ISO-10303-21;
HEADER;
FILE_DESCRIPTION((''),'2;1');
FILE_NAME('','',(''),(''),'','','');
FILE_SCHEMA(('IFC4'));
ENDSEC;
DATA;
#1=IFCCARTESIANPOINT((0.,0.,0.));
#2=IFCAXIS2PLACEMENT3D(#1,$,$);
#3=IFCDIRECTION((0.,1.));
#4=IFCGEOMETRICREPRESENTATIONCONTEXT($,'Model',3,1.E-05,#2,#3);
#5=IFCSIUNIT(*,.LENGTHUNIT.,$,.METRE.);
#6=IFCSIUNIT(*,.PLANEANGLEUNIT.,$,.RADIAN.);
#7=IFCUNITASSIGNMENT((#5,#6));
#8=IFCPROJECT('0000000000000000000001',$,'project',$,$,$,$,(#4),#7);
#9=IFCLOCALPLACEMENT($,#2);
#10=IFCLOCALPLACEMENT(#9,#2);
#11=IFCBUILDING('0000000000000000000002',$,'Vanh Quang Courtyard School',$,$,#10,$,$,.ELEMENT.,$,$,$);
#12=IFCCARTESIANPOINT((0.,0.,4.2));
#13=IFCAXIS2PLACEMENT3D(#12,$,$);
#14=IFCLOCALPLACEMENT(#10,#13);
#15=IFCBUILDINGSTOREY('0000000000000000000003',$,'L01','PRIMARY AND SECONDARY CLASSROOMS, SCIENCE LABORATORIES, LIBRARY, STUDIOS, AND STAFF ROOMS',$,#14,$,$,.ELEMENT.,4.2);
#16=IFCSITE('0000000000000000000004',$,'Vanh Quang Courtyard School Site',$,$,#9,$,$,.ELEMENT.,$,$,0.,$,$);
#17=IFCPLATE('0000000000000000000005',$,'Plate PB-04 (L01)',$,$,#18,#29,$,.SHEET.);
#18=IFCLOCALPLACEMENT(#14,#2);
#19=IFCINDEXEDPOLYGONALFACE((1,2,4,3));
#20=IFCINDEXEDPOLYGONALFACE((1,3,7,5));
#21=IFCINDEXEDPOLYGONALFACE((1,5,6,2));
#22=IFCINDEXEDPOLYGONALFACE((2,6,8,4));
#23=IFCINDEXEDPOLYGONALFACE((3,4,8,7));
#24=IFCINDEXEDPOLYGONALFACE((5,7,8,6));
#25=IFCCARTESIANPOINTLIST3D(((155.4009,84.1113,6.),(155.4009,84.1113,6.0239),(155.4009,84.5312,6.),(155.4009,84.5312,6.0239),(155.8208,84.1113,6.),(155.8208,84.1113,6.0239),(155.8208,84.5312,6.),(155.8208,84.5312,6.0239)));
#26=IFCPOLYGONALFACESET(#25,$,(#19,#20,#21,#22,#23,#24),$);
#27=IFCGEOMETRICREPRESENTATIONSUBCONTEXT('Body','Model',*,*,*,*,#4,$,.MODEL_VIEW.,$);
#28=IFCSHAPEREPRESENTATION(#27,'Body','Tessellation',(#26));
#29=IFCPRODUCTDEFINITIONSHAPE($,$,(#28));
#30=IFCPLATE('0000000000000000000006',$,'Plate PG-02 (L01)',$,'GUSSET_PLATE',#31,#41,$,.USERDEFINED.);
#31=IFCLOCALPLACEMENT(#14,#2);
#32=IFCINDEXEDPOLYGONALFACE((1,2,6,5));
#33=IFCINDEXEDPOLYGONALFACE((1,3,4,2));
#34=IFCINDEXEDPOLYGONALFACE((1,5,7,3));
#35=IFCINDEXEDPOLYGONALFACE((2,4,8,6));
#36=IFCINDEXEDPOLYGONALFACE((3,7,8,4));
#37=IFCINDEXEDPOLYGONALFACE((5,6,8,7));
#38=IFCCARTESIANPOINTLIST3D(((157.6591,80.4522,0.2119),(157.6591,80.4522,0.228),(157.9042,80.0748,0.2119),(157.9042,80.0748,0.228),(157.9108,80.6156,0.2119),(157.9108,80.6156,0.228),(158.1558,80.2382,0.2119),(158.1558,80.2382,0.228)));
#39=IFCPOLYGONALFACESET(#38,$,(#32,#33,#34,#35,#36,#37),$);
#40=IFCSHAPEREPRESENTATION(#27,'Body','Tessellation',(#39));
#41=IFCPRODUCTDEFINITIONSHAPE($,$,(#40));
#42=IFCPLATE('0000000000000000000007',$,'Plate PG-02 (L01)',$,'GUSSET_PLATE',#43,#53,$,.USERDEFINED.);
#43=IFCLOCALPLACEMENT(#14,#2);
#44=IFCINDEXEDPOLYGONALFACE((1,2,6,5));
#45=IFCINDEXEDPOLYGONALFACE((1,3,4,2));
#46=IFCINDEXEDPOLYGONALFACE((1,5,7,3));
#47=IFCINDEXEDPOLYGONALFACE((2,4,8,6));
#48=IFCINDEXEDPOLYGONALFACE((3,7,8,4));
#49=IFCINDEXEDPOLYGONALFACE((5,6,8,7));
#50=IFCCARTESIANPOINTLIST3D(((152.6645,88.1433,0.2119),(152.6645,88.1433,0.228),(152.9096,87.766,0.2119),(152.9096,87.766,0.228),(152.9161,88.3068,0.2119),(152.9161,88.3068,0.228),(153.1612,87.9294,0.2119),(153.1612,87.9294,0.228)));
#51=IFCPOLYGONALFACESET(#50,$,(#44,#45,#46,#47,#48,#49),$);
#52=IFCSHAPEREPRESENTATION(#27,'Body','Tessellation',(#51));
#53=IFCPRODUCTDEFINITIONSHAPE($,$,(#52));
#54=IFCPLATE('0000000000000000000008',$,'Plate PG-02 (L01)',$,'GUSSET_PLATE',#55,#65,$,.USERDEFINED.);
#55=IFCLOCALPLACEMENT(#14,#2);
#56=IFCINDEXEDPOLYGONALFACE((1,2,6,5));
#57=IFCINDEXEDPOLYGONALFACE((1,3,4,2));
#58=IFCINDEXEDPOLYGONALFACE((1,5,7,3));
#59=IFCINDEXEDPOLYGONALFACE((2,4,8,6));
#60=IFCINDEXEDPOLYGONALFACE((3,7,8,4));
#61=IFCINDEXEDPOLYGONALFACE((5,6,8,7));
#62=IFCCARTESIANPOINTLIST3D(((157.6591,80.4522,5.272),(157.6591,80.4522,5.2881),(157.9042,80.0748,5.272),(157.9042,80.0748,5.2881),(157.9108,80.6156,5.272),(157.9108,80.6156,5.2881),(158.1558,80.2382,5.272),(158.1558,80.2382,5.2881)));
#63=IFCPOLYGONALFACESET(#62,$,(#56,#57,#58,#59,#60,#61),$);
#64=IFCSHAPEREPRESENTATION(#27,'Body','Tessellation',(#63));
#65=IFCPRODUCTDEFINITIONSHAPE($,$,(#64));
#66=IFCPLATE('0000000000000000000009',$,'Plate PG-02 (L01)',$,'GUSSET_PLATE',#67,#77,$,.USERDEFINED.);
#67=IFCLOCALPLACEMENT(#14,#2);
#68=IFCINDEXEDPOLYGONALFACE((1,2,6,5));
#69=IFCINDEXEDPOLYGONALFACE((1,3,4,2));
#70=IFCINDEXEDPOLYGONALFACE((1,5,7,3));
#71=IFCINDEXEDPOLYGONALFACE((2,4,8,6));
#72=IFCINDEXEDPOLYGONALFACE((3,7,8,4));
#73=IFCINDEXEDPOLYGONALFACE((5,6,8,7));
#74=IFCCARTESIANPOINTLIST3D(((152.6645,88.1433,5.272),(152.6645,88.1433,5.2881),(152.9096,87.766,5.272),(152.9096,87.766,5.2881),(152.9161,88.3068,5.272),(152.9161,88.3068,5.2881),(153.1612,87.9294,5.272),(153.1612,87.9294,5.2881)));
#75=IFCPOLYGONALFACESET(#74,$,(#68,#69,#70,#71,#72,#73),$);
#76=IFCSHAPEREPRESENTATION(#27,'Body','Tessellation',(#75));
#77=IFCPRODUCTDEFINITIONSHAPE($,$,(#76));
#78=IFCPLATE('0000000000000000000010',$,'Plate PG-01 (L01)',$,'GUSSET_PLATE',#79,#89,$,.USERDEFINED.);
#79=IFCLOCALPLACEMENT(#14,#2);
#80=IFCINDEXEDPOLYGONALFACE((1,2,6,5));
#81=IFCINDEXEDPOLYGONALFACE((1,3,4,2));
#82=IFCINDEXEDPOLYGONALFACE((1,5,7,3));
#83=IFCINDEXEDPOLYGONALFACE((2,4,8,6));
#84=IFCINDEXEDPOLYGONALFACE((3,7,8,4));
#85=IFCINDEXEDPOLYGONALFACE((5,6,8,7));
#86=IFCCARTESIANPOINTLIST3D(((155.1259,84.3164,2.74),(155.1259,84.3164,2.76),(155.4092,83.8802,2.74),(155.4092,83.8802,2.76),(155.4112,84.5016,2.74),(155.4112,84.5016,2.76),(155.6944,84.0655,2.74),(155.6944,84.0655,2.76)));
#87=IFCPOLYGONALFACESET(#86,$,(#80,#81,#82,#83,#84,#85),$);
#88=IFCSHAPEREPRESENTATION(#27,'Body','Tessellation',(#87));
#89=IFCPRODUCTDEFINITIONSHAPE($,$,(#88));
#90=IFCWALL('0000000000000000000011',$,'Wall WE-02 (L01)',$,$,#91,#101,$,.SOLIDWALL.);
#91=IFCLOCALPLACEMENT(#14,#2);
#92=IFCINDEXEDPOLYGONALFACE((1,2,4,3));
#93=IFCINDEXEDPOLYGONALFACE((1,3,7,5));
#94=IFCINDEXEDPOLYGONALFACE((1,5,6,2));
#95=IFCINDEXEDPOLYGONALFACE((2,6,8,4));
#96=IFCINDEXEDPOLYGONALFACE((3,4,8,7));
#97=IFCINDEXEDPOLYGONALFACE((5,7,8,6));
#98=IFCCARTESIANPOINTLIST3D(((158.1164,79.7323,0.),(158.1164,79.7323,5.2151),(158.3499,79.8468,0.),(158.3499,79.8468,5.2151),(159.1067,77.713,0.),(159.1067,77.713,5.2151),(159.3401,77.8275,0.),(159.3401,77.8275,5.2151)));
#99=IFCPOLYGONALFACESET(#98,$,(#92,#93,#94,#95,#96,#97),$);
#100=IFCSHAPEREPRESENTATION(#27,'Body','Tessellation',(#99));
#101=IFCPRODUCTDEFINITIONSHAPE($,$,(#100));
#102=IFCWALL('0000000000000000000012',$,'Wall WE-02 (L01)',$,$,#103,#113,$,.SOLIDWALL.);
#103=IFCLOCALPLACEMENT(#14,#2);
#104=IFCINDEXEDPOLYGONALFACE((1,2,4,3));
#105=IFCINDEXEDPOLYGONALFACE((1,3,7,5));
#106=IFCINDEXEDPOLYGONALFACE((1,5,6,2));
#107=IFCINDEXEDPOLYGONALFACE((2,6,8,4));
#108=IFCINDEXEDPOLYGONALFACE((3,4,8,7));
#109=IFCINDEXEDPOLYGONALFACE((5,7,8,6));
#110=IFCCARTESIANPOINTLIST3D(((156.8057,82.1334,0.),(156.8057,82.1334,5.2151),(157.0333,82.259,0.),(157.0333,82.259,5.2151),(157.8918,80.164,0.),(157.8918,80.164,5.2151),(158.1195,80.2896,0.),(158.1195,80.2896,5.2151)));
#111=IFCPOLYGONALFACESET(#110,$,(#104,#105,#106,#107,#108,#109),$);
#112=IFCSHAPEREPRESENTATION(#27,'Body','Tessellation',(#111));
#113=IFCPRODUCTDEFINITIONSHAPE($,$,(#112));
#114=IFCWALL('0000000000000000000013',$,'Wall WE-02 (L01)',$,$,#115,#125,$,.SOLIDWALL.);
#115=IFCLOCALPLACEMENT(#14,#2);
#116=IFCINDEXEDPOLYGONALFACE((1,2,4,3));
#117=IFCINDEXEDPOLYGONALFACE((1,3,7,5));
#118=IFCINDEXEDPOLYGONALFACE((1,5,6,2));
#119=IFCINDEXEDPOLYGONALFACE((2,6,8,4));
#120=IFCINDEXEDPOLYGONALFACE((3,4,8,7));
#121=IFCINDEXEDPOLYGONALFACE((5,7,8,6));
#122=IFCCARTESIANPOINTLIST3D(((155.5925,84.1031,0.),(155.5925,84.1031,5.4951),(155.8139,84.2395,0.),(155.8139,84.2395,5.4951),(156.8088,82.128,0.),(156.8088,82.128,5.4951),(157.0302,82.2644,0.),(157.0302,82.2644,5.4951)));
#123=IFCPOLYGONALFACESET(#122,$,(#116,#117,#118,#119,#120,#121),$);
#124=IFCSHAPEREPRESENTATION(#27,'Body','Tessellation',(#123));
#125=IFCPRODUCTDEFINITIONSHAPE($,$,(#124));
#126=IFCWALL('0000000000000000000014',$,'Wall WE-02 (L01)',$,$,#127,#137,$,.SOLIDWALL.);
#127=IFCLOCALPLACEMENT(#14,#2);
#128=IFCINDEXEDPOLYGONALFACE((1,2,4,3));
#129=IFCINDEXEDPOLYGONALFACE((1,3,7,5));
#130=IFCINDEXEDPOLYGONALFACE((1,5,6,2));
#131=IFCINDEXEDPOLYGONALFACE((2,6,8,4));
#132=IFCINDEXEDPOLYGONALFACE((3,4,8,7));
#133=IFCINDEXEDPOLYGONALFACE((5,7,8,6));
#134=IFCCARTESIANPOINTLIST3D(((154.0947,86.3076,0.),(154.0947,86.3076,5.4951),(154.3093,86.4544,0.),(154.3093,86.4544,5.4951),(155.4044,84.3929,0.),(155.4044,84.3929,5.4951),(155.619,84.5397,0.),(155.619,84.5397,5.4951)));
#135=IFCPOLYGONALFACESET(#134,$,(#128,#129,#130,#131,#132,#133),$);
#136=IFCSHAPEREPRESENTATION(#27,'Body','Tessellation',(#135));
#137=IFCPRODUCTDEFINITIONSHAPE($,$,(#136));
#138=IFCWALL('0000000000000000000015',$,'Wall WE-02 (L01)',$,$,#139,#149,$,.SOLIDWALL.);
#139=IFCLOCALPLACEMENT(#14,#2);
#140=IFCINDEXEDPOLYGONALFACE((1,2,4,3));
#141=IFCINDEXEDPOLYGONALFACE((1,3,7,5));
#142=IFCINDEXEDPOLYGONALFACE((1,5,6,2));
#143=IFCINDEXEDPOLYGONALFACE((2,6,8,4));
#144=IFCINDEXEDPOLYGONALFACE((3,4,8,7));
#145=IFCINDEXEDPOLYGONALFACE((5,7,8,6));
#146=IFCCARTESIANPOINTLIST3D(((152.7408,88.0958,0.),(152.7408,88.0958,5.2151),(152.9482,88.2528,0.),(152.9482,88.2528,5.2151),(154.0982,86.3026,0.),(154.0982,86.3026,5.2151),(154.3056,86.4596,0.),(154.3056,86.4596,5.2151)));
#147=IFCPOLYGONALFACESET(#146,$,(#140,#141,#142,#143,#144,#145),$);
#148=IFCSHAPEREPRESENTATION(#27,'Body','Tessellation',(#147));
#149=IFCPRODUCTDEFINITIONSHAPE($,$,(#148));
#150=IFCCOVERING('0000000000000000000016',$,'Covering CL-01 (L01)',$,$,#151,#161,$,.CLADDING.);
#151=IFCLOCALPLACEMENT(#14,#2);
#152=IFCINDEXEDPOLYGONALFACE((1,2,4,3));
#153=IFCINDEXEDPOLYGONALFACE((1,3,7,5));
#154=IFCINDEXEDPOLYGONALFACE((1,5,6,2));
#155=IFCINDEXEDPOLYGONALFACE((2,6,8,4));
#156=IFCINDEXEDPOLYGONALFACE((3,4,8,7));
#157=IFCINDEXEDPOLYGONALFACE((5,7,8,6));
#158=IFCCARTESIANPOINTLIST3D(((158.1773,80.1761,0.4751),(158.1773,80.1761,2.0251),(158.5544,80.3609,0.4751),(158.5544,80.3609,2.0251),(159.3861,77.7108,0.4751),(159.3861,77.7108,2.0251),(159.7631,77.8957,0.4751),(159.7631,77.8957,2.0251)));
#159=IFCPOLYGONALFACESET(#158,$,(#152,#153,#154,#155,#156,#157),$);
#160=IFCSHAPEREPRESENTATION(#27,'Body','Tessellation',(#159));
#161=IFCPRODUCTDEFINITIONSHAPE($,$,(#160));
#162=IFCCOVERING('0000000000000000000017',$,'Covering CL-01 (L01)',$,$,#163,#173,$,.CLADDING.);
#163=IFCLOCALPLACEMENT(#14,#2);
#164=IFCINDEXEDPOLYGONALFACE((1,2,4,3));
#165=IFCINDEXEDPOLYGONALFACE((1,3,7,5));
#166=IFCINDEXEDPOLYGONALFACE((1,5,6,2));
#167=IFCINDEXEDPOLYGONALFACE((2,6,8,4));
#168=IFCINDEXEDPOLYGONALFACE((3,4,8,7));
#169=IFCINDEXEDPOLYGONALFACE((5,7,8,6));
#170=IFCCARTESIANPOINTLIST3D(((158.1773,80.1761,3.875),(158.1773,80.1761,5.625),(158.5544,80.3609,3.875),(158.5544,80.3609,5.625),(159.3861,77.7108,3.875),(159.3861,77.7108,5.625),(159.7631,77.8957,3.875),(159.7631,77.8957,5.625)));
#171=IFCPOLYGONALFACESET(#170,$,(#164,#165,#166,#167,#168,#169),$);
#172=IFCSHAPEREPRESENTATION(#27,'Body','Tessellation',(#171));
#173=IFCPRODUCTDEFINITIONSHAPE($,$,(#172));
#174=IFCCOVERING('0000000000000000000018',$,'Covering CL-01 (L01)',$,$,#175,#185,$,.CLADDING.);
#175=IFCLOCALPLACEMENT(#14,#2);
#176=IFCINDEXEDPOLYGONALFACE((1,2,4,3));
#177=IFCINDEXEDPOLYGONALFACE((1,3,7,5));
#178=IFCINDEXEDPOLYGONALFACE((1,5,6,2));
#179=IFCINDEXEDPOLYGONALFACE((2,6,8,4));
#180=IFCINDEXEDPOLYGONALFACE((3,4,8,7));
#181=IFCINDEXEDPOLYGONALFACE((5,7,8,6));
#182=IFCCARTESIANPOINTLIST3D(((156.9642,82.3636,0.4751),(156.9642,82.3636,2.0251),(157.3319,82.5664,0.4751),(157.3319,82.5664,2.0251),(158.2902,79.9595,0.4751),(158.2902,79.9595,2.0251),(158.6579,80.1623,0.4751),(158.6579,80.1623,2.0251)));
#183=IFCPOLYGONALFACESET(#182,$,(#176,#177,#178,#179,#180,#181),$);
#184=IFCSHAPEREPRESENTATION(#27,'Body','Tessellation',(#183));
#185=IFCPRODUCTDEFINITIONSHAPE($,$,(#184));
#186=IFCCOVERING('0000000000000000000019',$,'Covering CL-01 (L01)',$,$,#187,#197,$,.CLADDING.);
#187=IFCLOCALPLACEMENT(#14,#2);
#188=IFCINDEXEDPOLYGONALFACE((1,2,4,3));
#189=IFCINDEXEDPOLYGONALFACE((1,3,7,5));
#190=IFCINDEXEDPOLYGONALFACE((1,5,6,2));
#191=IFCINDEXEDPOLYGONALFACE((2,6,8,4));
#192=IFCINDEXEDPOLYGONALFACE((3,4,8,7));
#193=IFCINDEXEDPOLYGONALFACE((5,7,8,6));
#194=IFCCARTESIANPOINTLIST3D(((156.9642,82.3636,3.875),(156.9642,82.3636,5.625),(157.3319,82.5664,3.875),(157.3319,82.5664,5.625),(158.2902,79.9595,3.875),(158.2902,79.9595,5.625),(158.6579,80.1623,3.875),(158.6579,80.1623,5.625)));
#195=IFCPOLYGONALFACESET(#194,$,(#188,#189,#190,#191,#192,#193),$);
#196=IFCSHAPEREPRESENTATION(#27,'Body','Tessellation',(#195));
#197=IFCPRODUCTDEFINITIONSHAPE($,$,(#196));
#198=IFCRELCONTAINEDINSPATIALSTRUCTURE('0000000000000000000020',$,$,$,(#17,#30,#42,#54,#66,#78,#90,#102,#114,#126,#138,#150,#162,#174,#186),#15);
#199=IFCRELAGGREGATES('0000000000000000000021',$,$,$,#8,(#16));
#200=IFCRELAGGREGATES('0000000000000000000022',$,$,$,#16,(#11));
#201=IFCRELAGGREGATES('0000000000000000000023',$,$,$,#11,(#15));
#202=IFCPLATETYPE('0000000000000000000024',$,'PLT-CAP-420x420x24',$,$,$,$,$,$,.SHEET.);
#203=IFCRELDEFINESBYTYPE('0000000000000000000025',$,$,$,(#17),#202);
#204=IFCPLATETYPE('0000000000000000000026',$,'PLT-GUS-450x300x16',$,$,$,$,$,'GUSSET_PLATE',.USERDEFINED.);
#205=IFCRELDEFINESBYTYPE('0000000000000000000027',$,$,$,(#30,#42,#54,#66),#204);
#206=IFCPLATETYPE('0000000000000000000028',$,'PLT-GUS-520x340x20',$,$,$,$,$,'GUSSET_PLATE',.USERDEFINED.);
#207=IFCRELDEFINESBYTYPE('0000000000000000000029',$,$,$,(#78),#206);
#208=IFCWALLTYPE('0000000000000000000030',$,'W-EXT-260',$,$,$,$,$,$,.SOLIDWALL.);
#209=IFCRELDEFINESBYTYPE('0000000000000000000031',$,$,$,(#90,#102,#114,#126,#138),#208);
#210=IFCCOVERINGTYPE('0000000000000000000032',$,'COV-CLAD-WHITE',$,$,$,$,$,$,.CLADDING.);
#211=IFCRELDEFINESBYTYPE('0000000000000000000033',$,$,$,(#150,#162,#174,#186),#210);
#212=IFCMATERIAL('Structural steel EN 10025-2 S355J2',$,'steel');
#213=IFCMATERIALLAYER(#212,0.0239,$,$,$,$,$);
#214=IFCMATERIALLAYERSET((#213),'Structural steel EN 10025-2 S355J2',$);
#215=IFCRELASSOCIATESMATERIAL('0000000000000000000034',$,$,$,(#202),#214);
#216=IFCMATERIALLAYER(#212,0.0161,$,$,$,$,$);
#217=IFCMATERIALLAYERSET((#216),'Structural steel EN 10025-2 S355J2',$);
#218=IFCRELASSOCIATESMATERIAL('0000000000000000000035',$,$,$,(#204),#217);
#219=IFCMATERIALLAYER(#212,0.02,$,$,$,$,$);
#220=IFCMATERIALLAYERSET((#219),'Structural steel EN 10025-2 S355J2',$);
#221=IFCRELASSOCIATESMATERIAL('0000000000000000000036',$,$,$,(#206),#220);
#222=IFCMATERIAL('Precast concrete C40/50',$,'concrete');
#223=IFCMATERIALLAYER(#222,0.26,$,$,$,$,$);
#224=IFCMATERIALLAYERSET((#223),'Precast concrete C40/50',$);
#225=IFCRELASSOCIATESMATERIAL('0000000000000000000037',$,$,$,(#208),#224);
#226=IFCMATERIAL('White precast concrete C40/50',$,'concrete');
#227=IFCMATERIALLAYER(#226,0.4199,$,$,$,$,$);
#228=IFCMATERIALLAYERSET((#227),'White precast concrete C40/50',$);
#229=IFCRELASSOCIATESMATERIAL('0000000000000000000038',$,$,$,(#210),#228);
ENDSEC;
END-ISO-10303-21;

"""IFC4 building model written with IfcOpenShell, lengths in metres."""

from ifc_helpers import new_model, si_unit, direction, frame, frame_2d, origin, origin_2d, place, context, subcontext, project, spatial, rectangle, extrude, material, layer, layer_set, type_object, element, save


model = new_model("IFC4")

# Units and contexts
model_context = context("Model", 3, precision=1e-05, world=origin(), true_north=direction((0.0, 1.0)))
body_context = subcontext(model_context, "Body", "Model", "MODEL_VIEW")
ifc_project = project(units=[si_unit("LENGTHUNIT", "METRE"), si_unit("PLANEANGLEUNIT", "RADIAN")], contexts=[model_context])

# Site, building, storey
site_placement = place(None, origin())
site = spatial("IfcSite", under=ifc_project, at=site_placement, Name="Vanh Quang Courtyard School Site", CompositionType="ELEMENT", RefElevation=0.0)
building_placement = place(site_placement, origin())
building = spatial("IfcBuilding", under=site, at=building_placement, Name="Vanh Quang Courtyard School", CompositionType="ELEMENT")
storey_placement = place(building_placement, frame((0.0, 0.0, 4.2)))
storey = spatial("IfcBuildingStorey", under=building, at=storey_placement, Name="L01", Description="PRIMARY AND SECONDARY CLASSROOMS, SCIENCE LABORATORIES, LIBRARY, STUDIOS, AND STAFF ROOMS", CompositionType="ELEMENT", Elevation=4.2)

# Shared definitions
ifc_material_1 = material(Name="Structural steel EN 10025-2 S355J2", Category="steel")

# Plates
ifc_layer_1 = layer(ifc_material_1, 0.0239)
ifc_layer_set_1 = layer_set([ifc_layer_1], Name="Structural steel EN 10025-2 S355J2")
plate_type_1 = type_object("IfcPlateType", Name="PLT-CAP-420x420x24", PredefinedType="SHEET", material=ifc_layer_set_1)
plate_1_placement = place(storey_placement, frame((155.6108, 84.3213, 6.0), z_axis=(0.0, 0.0, 1.0), x_axis=(1.0, 0.0, 0.0)))
element("IfcPlate", 1, at=plate_1_placement, inside=storey, type_object=plate_type_1, Name="Plate PB-04 (L01)", PredefinedType="SHEET", context=body_context, shape_type="SweptSolid", body=[
    extrude(rectangle(XDim=0.4199, YDim=0.4199, at=origin_2d()), origin(), (0.0, 0.0, 1.0), 0.0239),
])
ifc_layer_2 = layer(ifc_material_1, 0.0161)
ifc_layer_set_2 = layer_set([ifc_layer_2], Name="Structural steel EN 10025-2 S355J2")
plate_type_2 = type_object("IfcPlateType", Name="PLT-GUS-450x300x16", ElementType="GUSSET_PLATE", PredefinedType="USERDEFINED", material=ifc_layer_set_2)
for number, where, z_axis, x_axis, name in (
    (2, (157.9075, 80.3452, 0.2119), (0.0, 0.0, 1.0), (-0.544639, 0.838671, 0.0), "Plate PG-02 (L01)"),
    (3, (152.9128, 88.0364, 0.2119), (0.0, 0.0, 1.0), (-0.544639, 0.838671, 0.0), "Plate PG-02 (L01)"),
    (4, (157.9075, 80.3452, 5.272), (0.0, 0.0, 1.0), (-0.544639, 0.838671, 0.0), "Plate PG-02 (L01)"),
    (5, (152.9128, 88.0364, 5.272), (0.0, 0.0, 1.0), (-0.544639, 0.838671, 0.0), "Plate PG-02 (L01)"),
):
    element("IfcPlate", number, at=place(storey_placement, frame(where, z_axis=z_axis, x_axis=x_axis)), inside=storey, type_object=plate_type_2, Name=name, ObjectType="GUSSET_PLATE", PredefinedType="USERDEFINED", context=body_context, shape_type="SweptSolid", body=[
        extrude(rectangle(XDim=0.45, YDim=0.3, at=origin_2d()), origin(), (0.0, 0.0, 1.0), 0.0161),
    ])
ifc_layer_3 = layer(ifc_material_1, 0.02)
ifc_layer_set_3 = layer_set([ifc_layer_3], Name="Structural steel EN 10025-2 S355J2")
plate_type_3 = type_object("IfcPlateType", Name="PLT-GUS-520x340x20", ElementType="GUSSET_PLATE", PredefinedType="USERDEFINED", material=ifc_layer_set_3)
plate_2_placement = place(storey_placement, frame((155.4102, 84.1909, 2.74), z_axis=(0.0, 0.0, 1.0), x_axis=(-0.544639, 0.838671, 0.0)))
element("IfcPlate", 6, at=plate_2_placement, inside=storey, type_object=plate_type_3, Name="Plate PG-01 (L01)", ObjectType="GUSSET_PLATE", PredefinedType="USERDEFINED", context=body_context, shape_type="SweptSolid", body=[
    extrude(rectangle(XDim=0.52, YDim=0.3401, at=origin_2d()), origin(), (0.0, 0.0, 1.0), 0.02),
])

# Walls
ifc_material_2 = material(Name="Precast concrete C40/50", Category="concrete")
ifc_layer_4 = layer(ifc_material_2, 0.26)
ifc_layer_set_4 = layer_set([ifc_layer_4], Name="Precast concrete C40/50")
wall_type = type_object("IfcWallType", Name="W-EXT-260", PredefinedType="SOLIDWALL", material=ifc_layer_set_4)
for number, where, z_axis, x_axis, name in (
    (7, (159.2234, 77.7703, 0.0), (0.0, 0.0, 1.0), (-0.440296, 0.897853, 0.0), "Wall WE-02 (L01)"),
    (8, (158.0056, 80.2268, 0.0), (0.0, 0.0, 1.0), (-0.482931, 0.875658, 0.0), "Wall WE-02 (L01)"),
):
    element("IfcWall", number, at=place(storey_placement, frame(where, z_axis=z_axis, x_axis=x_axis)), inside=storey, type_object=wall_type, Name=name, PredefinedType="SOLIDWALL", context=body_context, shape_type="SweptSolid", body=[
        extrude(rectangle(XDim=2.249, YDim=0.26, at=frame_2d((1.1245, 0.0))), origin(), (0.0, 0.0, 1.0), 5.2151),
    ])
wall_1_placement = place(storey_placement, frame((156.9194, 82.1963, 0.0), z_axis=(0.0, 0.0, 1.0), x_axis=(-0.524368, 0.851492, 0.0)))
element("IfcWall", 9, at=wall_1_placement, inside=storey, type_object=wall_type, Name="Wall WE-02 (L01)", PredefinedType="SOLIDWALL", context=body_context, shape_type="SweptSolid", body=[
    extrude(rectangle(XDim=2.3196, YDim=0.26, at=frame_2d((1.1597, 0.0))), origin(), (0.0, 0.0, 1.0), 5.4951),
])
wall_2_placement = place(storey_placement, frame((155.5117, 84.4663, 0.0), z_axis=(0.0, 0.0, 1.0), x_axis=(-0.564593, 0.825369, 0.0)))
element("IfcWall", 10, at=wall_2_placement, inside=storey, type_object=wall_type, Name="Wall WE-02 (L01)", PredefinedType="SOLIDWALL", context=body_context, shape_type="SweptSolid", body=[
    extrude(rectangle(XDim=2.3198, YDim=0.26, at=frame_2d((1.1599, 0.0))), origin(), (0.0, 0.0, 1.0), 5.4951),
])
wall_3_placement = place(storey_placement, frame((154.2019, 86.3811, 0.0), z_axis=(0.0, 0.0, 1.0), x_axis=(-0.603555, 0.797322, 0.0)))
element("IfcWall", 11, at=wall_3_placement, inside=storey, type_object=wall_type, Name="Wall WE-02 (L01)", PredefinedType="SOLIDWALL", context=body_context, shape_type="SweptSolid", body=[
    extrude(rectangle(XDim=2.249, YDim=0.26, at=frame_2d((1.1245, 0.0))), origin(), (0.0, 0.0, 1.0), 5.2151),
])

# Coverings
ifc_material_3 = material(Name="White precast concrete C40/50", Category="concrete")
ifc_layer_5 = layer(ifc_material_3, 0.4199)
ifc_layer_set_5 = layer_set([ifc_layer_5], Name="White precast concrete C40/50")
covering_type = type_object("IfcCoveringType", Name="COV-CLAD-WHITE", PredefinedType="CLADDING", material=ifc_layer_set_5)
covering_1_placement = place(storey_placement, frame((158.9702, 79.0359, 0.4751), z_axis=(0.0, 0.0, 1.0), x_axis=(-0.440253, 0.897874, 0.0)))
element("IfcCovering", 12, at=covering_1_placement, inside=storey, type_object=covering_type, Name="Covering CL-01 (L01)", PredefinedType="CLADDING", context=body_context, shape_type="SweptSolid", body=[
    extrude(rectangle(XDim=2.7456, YDim=0.4199, at=origin_2d()), origin(), (0.0, 0.0, 1.0), 1.55),
])
covering_2_placement = place(storey_placement, frame((158.9702, 79.0359, 3.875), z_axis=(0.0, 0.0, 1.0), x_axis=(-0.440253, 0.897874, 0.0)))
element("IfcCovering", 13, at=covering_2_placement, inside=storey, type_object=covering_type, Name="Covering CL-01 (L01)", PredefinedType="CLADDING", context=body_context, shape_type="SweptSolid", body=[
    extrude(rectangle(XDim=2.7456, YDim=0.4199, at=origin_2d()), origin(), (0.0, 0.0, 1.0), 1.75),
])
covering_3_placement = place(storey_placement, frame((157.811, 81.2629, 0.4751), z_axis=(0.0, 0.0, 1.0), x_axis=(-0.482977, 0.875633, 0.0)))
element("IfcCovering", 14, at=covering_3_placement, inside=storey, type_object=covering_type, Name="Covering CL-01 (L01)", PredefinedType="CLADDING", context=body_context, shape_type="SweptSolid", body=[
    extrude(rectangle(XDim=2.7456, YDim=0.4199, at=origin_2d()), origin(), (0.0, 0.0, 1.0), 1.55),
])
covering_4_placement = place(storey_placement, frame((157.811, 81.2629, 3.875), z_axis=(0.0, 0.0, 1.0), x_axis=(-0.482977, 0.875633, 0.0)))
element("IfcCovering", 15, at=covering_4_placement, inside=storey, type_object=covering_type, Name="Covering CL-01 (L01)", PredefinedType="CLADDING", context=body_context, shape_type="SweptSolid", body=[
    extrude(rectangle(XDim=2.7456, YDim=0.4199, at=origin_2d()), origin(), (0.0, 0.0, 1.0), 1.75),
])

save(model, "model.ifc")
